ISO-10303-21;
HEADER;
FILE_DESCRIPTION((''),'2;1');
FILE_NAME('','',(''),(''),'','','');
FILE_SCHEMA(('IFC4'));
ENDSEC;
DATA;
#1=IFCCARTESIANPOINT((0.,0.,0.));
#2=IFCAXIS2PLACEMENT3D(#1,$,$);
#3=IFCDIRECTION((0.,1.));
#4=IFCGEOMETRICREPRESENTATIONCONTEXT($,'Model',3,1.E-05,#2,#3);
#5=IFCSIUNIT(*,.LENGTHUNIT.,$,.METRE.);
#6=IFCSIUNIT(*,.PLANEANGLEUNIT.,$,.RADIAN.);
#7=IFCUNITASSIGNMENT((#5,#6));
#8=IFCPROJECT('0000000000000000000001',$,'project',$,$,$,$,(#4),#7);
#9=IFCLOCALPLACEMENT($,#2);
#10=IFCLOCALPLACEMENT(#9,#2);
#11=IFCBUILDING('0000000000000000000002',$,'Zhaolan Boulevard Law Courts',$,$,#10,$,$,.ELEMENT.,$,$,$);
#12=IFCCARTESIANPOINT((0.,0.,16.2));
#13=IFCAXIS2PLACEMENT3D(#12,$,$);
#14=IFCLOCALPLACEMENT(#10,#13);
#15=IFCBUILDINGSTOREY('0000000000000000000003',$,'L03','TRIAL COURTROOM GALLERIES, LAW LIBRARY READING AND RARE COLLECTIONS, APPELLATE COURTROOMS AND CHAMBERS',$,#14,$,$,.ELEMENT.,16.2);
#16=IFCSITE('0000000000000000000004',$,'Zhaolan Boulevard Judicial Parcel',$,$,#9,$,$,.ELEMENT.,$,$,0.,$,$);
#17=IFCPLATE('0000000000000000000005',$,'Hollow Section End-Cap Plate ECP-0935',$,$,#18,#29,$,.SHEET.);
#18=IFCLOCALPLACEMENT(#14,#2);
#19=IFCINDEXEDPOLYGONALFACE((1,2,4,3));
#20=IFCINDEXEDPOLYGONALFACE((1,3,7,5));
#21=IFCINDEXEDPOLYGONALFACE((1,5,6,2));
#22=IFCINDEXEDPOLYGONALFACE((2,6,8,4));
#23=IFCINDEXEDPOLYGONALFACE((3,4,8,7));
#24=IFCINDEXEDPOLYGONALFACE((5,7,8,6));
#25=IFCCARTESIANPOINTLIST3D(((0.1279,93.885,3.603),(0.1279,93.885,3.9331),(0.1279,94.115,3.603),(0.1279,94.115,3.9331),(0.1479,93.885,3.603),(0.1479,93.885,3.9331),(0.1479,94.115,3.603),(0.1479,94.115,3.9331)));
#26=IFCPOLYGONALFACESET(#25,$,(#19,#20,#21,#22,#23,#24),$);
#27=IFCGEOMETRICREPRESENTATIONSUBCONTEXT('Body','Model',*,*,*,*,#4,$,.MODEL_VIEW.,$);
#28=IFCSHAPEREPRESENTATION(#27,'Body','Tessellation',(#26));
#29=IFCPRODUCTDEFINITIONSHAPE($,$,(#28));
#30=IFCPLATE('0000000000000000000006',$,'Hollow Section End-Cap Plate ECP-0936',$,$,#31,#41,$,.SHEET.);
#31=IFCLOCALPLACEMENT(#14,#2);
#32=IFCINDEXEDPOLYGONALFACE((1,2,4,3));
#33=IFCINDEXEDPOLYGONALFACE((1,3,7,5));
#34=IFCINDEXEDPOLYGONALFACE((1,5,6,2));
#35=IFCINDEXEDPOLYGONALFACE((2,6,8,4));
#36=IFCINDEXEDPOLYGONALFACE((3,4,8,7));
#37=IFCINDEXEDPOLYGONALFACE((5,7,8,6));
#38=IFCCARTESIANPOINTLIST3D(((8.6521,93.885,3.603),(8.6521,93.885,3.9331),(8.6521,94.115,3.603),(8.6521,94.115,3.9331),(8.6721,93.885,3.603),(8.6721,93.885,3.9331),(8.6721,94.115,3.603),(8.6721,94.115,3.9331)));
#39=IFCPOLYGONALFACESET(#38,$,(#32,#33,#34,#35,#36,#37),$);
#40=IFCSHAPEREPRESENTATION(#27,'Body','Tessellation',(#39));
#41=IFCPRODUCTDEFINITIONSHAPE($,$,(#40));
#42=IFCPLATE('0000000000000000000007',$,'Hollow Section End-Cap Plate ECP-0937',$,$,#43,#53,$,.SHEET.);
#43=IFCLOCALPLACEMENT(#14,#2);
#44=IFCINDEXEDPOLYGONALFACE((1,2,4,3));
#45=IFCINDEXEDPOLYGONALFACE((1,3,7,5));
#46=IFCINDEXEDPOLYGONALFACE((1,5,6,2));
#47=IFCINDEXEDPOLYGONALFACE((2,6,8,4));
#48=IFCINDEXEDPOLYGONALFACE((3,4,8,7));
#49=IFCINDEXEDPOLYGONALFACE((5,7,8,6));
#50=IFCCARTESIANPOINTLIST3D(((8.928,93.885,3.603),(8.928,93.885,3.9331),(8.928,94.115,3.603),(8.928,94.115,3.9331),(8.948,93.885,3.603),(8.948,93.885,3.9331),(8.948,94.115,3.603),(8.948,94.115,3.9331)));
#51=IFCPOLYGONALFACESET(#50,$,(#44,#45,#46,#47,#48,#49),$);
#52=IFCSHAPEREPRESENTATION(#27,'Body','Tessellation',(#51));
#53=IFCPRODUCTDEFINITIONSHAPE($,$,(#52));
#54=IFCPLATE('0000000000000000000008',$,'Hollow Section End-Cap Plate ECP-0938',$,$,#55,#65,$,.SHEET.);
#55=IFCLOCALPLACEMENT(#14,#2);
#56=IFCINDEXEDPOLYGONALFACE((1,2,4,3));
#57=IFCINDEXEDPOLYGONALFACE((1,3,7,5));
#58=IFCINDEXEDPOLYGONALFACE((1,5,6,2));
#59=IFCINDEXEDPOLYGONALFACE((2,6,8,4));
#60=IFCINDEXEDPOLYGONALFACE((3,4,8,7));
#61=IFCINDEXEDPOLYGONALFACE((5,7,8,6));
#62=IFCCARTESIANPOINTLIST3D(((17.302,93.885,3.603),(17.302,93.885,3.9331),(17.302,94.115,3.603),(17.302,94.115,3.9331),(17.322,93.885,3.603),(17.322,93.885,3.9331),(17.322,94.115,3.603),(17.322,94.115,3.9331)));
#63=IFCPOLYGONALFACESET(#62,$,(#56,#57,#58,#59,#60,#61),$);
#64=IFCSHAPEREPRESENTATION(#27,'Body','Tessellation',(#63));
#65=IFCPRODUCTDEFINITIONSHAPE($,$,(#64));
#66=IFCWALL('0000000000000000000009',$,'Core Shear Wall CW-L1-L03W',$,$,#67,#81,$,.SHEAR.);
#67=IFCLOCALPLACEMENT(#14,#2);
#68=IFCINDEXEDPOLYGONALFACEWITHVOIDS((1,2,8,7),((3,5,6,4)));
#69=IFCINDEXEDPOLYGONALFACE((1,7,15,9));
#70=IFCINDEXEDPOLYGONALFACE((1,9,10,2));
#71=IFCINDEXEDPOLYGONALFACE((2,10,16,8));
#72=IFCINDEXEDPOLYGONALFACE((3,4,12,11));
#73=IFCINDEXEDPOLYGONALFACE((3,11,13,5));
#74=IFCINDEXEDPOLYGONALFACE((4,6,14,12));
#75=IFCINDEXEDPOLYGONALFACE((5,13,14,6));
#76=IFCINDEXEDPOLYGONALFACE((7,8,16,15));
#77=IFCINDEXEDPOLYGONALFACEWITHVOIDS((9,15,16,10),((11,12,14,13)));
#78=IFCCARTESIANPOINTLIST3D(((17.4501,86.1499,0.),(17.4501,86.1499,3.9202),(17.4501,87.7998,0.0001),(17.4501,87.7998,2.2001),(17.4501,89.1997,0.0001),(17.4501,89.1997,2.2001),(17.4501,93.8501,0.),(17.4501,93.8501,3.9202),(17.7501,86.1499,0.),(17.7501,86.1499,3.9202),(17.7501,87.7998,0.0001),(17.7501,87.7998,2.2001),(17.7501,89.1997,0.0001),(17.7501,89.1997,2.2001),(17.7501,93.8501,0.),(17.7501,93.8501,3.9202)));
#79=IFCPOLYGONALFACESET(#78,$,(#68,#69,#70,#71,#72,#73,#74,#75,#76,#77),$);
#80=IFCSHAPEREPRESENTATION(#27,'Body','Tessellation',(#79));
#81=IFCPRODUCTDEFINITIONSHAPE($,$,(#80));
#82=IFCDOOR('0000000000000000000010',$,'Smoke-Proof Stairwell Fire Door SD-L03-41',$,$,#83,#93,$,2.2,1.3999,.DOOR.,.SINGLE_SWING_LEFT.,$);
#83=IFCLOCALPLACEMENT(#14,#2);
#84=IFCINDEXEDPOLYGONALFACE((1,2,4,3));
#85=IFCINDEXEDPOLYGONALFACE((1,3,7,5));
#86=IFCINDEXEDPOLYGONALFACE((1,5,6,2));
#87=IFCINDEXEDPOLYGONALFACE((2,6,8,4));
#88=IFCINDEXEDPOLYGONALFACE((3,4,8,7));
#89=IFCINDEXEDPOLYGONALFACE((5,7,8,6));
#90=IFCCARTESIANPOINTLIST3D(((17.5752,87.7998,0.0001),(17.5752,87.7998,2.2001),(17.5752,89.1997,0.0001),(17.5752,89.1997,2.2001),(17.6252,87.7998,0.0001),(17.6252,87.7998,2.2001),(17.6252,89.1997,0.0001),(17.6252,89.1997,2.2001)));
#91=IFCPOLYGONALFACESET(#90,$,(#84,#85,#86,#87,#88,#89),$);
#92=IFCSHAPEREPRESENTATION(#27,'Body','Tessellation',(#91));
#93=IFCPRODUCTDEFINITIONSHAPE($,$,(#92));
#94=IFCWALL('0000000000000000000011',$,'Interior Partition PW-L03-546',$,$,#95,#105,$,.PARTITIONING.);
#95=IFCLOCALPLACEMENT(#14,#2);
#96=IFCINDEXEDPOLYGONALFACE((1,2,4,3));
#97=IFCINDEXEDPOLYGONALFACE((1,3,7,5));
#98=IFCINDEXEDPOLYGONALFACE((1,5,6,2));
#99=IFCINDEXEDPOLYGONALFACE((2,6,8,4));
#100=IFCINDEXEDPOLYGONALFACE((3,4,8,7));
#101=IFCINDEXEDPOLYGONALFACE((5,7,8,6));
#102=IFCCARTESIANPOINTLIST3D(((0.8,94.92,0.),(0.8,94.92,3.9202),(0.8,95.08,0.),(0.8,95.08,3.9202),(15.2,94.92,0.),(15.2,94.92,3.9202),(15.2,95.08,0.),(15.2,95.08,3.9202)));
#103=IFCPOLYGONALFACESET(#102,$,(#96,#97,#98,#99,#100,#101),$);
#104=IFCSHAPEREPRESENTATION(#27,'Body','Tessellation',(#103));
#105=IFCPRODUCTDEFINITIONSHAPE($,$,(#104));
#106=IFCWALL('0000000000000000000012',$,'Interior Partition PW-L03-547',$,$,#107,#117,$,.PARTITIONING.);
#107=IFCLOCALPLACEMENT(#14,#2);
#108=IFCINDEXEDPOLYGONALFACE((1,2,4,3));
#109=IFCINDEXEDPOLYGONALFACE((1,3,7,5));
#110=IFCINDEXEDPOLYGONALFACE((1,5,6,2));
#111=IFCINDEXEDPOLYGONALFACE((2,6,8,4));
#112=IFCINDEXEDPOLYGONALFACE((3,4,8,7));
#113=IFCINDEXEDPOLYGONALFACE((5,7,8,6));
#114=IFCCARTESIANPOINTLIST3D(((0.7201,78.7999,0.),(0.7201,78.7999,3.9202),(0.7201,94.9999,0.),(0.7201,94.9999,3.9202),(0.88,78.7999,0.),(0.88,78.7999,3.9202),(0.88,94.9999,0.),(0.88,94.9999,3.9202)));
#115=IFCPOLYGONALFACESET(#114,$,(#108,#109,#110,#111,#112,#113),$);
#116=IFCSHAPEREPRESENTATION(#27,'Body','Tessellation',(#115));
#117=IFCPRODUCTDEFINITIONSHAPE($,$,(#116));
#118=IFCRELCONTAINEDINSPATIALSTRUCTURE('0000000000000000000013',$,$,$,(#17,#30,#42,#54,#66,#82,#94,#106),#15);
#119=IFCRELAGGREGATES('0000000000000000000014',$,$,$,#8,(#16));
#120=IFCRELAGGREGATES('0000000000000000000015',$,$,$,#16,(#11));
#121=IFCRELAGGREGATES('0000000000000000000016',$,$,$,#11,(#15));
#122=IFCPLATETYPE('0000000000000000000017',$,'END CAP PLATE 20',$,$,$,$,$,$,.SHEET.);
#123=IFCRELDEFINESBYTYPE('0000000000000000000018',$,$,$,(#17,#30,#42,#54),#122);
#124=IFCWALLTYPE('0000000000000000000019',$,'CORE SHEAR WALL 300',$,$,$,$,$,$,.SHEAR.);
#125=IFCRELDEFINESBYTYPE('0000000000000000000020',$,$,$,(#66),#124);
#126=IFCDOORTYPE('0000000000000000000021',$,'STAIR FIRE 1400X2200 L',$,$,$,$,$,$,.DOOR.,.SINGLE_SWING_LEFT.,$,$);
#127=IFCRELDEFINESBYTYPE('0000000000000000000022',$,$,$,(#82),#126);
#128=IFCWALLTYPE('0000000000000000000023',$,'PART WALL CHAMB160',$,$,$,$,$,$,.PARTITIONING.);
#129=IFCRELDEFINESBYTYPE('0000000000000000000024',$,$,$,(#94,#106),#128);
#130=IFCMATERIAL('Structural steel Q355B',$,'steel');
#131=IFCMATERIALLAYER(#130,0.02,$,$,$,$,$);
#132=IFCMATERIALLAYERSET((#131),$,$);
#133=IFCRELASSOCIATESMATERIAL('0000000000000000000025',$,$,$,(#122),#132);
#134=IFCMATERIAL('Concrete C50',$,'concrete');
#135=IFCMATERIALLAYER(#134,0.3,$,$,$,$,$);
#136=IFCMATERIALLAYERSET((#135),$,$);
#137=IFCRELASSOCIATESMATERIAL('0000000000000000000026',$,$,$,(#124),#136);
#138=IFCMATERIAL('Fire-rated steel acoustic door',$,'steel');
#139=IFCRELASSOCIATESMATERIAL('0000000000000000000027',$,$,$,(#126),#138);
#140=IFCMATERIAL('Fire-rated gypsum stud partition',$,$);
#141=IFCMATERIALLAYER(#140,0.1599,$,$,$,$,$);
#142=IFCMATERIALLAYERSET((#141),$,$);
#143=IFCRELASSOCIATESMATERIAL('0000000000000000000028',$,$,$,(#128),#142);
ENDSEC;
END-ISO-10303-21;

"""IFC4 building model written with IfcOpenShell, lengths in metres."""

from ifc_helpers import new_model, si_unit, direction, frame, frame_2d, origin, origin_2d, place, context, subcontext, project, spatial, rectangle, extrude, material, layer, layer_set, type_object, element, fill, save


model = new_model("IFC4")

# Units and contexts
model_context = context("Model", 3, precision=1e-05, world=origin(), true_north=direction((0.0, 1.0)))
body_context = subcontext(model_context, "Body", "Model", "MODEL_VIEW")
ifc_project = project(units=[si_unit("LENGTHUNIT", "METRE"), si_unit("PLANEANGLEUNIT", "RADIAN")], contexts=[model_context])

# Site, building, storey
site_placement = place(None, origin())
site = spatial("IfcSite", under=ifc_project, at=site_placement, Name="Zhaolan Boulevard Judicial Parcel", CompositionType="ELEMENT", RefElevation=0.0)
building_placement = place(site_placement, origin())
building = spatial("IfcBuilding", under=site, at=building_placement, Name="Zhaolan Boulevard Law Courts", CompositionType="ELEMENT")
storey_placement = place(building_placement, frame((0.0, 0.0, 16.2)))
storey = spatial("IfcBuildingStorey", under=building, at=storey_placement, Name="L03", Description="TRIAL COURTROOM GALLERIES, LAW LIBRARY READING AND RARE COLLECTIONS, APPELLATE COURTROOMS AND CHAMBERS", CompositionType="ELEMENT", Elevation=16.2)

# Plates
ifc_material_1 = material(Name="Structural steel Q355B", Category="steel")
ifc_layer_1 = layer(ifc_material_1, 0.02)
ifc_layer_set_1 = layer_set([ifc_layer_1])
plate_type_1 = type_object("IfcPlateType", Name="END CAP PLATE 20", PredefinedType="SHEET", material=ifc_layer_set_1)
for number, where, z_axis, x_axis, name in (
    (1, (0.1379, 94.0, 3.603), (0.0, 0.0, 1.0), (1.0, 0.0, 0.0), "Hollow Section End-Cap Plate ECP-0935"),
    (2, (8.6621, 94.0, 3.603), (0.0, 0.0, 1.0), (1.0, 0.0, 0.0), "Hollow Section End-Cap Plate ECP-0936"),
    (3, (8.938, 94.0, 3.603), (0.0, 0.0, 1.0), (1.0, 0.0, 0.0), "Hollow Section End-Cap Plate ECP-0937"),
    (4, (17.312, 94.0, 3.603), (0.0, 0.0, 1.0), (1.0, 0.0, 0.0), "Hollow Section End-Cap Plate ECP-0938"),
):
    element("IfcPlate", number, at=place(storey_placement, frame(where, z_axis=z_axis, x_axis=x_axis)), inside=storey, type_object=plate_type_1, Name=name, PredefinedType="SHEET", context=body_context, shape_type="SweptSolid", body=[
        extrude(rectangle(XDim=0.02, YDim=0.23, at=origin_2d()), origin(), (0.0, 0.0, 1.0), 0.3301),
    ])

# Wall, opening, door
ifc_material_2 = material(Name="Concrete C50", Category="concrete")
ifc_layer_2 = layer(ifc_material_2, 0.3)
ifc_layer_set_2 = layer_set([ifc_layer_2])
wall_type_1 = type_object("IfcWallType", Name="CORE SHEAR WALL 300", PredefinedType="SHEAR", material=ifc_layer_set_2)
wall_1_placement = place(storey_placement, frame((17.6001, 86.1499, 0.0), z_axis=(0.0, 0.0, 1.0), x_axis=(0.0, 1.0, 0.0)))
wall_1 = element("IfcWall", 5, at=wall_1_placement, inside=storey, type_object=wall_type_1, Name="Core Shear Wall CW-L1-L03W", PredefinedType="SHEAR", context=body_context, shape_type="SweptSolid", body=[
    extrude(rectangle(XDim=7.7002, YDim=0.3, at=frame_2d((3.8501, 0.0))), origin(), (0.0, 0.0, 1.0), 3.9202),
])
opening_placement = place(wall_1_placement, frame((1.6499, 0.0, 0.0)))
opening = element("IfcOpeningElement", 6, at=opening_placement, cuts=wall_1, PredefinedType="OPENING", context=body_context, shape_type="SweptSolid", body=[
    extrude(rectangle(XDim=1.3999, YDim=2.2, at=frame_2d((0.7, 1.1001))), frame((0.0, 0.1599, 0.0), z_axis=(0.0, -1.0, 0.0), x_axis=(1.0, 0.0, 0.0)), (0.0, 0.0, 1.0), 0.3201),
])
ifc_material_3 = material(Name="Fire-rated steel acoustic door", Category="steel")
door_type = type_object("IfcDoorType", Name="STAIR FIRE 1400X2200 L", OperationType="SINGLE_SWING_LEFT", PredefinedType="DOOR", material=ifc_material_3)
door_placement = place(opening_placement, origin())
door = element("IfcDoor", 7, at=door_placement, inside=storey, type_object=door_type, Name="Smoke-Proof Stairwell Fire Door SD-L03-41", OperationType="SINGLE_SWING_LEFT", OverallHeight=2.2, OverallWidth=1.3999, PredefinedType="DOOR", context=body_context, shape_type="SweptSolid", body=[
    extrude(rectangle(XDim=1.3999, YDim=2.2, at=frame_2d((0.7, 1.1001))), frame((0.0, 0.0249, 0.0), z_axis=(0.0, -1.0, 0.0), x_axis=(1.0, 0.0, 0.0)), (0.0, 0.0, 1.0), 0.05),
])
fill(opening, door)

# Walls
ifc_material_4 = material(Name="Fire-rated gypsum stud partition")
ifc_layer_3 = layer(ifc_material_4, 0.1599)
ifc_layer_set_3 = layer_set([ifc_layer_3])
wall_type_2 = type_object("IfcWallType", Name="PART WALL CHAMB160", PredefinedType="PARTITIONING", material=ifc_layer_set_3)
wall_2_placement = place(storey_placement, frame((15.2, 95.0, 0.0), z_axis=(0.0, 0.0, 1.0), x_axis=(-1.0, 0.0, 0.0)))
element("IfcWall", 8, at=wall_2_placement, inside=storey, type_object=wall_type_2, Name="Interior Partition PW-L03-546", PredefinedType="PARTITIONING", context=body_context, shape_type="SweptSolid", body=[
    extrude(rectangle(XDim=14.3999, YDim=0.1599, at=frame_2d((7.2, 0.0))), origin(), (0.0, 0.0, 1.0), 3.9202),
])
wall_3_placement = place(storey_placement, frame((0.8, 95.0, 0.0), z_axis=(0.0, 0.0, 1.0), x_axis=(0.0, -1.0, 0.0)))
element("IfcWall", 9, at=wall_3_placement, inside=storey, type_object=wall_type_2, Name="Interior Partition PW-L03-547", PredefinedType="PARTITIONING", context=body_context, shape_type="SweptSolid", body=[
    extrude(rectangle(XDim=16.2, YDim=0.1599, at=frame_2d((8.1001, 0.0))), origin(), (0.0, 0.0, 1.0), 3.9202),
])

save(model, "model.ifc")
